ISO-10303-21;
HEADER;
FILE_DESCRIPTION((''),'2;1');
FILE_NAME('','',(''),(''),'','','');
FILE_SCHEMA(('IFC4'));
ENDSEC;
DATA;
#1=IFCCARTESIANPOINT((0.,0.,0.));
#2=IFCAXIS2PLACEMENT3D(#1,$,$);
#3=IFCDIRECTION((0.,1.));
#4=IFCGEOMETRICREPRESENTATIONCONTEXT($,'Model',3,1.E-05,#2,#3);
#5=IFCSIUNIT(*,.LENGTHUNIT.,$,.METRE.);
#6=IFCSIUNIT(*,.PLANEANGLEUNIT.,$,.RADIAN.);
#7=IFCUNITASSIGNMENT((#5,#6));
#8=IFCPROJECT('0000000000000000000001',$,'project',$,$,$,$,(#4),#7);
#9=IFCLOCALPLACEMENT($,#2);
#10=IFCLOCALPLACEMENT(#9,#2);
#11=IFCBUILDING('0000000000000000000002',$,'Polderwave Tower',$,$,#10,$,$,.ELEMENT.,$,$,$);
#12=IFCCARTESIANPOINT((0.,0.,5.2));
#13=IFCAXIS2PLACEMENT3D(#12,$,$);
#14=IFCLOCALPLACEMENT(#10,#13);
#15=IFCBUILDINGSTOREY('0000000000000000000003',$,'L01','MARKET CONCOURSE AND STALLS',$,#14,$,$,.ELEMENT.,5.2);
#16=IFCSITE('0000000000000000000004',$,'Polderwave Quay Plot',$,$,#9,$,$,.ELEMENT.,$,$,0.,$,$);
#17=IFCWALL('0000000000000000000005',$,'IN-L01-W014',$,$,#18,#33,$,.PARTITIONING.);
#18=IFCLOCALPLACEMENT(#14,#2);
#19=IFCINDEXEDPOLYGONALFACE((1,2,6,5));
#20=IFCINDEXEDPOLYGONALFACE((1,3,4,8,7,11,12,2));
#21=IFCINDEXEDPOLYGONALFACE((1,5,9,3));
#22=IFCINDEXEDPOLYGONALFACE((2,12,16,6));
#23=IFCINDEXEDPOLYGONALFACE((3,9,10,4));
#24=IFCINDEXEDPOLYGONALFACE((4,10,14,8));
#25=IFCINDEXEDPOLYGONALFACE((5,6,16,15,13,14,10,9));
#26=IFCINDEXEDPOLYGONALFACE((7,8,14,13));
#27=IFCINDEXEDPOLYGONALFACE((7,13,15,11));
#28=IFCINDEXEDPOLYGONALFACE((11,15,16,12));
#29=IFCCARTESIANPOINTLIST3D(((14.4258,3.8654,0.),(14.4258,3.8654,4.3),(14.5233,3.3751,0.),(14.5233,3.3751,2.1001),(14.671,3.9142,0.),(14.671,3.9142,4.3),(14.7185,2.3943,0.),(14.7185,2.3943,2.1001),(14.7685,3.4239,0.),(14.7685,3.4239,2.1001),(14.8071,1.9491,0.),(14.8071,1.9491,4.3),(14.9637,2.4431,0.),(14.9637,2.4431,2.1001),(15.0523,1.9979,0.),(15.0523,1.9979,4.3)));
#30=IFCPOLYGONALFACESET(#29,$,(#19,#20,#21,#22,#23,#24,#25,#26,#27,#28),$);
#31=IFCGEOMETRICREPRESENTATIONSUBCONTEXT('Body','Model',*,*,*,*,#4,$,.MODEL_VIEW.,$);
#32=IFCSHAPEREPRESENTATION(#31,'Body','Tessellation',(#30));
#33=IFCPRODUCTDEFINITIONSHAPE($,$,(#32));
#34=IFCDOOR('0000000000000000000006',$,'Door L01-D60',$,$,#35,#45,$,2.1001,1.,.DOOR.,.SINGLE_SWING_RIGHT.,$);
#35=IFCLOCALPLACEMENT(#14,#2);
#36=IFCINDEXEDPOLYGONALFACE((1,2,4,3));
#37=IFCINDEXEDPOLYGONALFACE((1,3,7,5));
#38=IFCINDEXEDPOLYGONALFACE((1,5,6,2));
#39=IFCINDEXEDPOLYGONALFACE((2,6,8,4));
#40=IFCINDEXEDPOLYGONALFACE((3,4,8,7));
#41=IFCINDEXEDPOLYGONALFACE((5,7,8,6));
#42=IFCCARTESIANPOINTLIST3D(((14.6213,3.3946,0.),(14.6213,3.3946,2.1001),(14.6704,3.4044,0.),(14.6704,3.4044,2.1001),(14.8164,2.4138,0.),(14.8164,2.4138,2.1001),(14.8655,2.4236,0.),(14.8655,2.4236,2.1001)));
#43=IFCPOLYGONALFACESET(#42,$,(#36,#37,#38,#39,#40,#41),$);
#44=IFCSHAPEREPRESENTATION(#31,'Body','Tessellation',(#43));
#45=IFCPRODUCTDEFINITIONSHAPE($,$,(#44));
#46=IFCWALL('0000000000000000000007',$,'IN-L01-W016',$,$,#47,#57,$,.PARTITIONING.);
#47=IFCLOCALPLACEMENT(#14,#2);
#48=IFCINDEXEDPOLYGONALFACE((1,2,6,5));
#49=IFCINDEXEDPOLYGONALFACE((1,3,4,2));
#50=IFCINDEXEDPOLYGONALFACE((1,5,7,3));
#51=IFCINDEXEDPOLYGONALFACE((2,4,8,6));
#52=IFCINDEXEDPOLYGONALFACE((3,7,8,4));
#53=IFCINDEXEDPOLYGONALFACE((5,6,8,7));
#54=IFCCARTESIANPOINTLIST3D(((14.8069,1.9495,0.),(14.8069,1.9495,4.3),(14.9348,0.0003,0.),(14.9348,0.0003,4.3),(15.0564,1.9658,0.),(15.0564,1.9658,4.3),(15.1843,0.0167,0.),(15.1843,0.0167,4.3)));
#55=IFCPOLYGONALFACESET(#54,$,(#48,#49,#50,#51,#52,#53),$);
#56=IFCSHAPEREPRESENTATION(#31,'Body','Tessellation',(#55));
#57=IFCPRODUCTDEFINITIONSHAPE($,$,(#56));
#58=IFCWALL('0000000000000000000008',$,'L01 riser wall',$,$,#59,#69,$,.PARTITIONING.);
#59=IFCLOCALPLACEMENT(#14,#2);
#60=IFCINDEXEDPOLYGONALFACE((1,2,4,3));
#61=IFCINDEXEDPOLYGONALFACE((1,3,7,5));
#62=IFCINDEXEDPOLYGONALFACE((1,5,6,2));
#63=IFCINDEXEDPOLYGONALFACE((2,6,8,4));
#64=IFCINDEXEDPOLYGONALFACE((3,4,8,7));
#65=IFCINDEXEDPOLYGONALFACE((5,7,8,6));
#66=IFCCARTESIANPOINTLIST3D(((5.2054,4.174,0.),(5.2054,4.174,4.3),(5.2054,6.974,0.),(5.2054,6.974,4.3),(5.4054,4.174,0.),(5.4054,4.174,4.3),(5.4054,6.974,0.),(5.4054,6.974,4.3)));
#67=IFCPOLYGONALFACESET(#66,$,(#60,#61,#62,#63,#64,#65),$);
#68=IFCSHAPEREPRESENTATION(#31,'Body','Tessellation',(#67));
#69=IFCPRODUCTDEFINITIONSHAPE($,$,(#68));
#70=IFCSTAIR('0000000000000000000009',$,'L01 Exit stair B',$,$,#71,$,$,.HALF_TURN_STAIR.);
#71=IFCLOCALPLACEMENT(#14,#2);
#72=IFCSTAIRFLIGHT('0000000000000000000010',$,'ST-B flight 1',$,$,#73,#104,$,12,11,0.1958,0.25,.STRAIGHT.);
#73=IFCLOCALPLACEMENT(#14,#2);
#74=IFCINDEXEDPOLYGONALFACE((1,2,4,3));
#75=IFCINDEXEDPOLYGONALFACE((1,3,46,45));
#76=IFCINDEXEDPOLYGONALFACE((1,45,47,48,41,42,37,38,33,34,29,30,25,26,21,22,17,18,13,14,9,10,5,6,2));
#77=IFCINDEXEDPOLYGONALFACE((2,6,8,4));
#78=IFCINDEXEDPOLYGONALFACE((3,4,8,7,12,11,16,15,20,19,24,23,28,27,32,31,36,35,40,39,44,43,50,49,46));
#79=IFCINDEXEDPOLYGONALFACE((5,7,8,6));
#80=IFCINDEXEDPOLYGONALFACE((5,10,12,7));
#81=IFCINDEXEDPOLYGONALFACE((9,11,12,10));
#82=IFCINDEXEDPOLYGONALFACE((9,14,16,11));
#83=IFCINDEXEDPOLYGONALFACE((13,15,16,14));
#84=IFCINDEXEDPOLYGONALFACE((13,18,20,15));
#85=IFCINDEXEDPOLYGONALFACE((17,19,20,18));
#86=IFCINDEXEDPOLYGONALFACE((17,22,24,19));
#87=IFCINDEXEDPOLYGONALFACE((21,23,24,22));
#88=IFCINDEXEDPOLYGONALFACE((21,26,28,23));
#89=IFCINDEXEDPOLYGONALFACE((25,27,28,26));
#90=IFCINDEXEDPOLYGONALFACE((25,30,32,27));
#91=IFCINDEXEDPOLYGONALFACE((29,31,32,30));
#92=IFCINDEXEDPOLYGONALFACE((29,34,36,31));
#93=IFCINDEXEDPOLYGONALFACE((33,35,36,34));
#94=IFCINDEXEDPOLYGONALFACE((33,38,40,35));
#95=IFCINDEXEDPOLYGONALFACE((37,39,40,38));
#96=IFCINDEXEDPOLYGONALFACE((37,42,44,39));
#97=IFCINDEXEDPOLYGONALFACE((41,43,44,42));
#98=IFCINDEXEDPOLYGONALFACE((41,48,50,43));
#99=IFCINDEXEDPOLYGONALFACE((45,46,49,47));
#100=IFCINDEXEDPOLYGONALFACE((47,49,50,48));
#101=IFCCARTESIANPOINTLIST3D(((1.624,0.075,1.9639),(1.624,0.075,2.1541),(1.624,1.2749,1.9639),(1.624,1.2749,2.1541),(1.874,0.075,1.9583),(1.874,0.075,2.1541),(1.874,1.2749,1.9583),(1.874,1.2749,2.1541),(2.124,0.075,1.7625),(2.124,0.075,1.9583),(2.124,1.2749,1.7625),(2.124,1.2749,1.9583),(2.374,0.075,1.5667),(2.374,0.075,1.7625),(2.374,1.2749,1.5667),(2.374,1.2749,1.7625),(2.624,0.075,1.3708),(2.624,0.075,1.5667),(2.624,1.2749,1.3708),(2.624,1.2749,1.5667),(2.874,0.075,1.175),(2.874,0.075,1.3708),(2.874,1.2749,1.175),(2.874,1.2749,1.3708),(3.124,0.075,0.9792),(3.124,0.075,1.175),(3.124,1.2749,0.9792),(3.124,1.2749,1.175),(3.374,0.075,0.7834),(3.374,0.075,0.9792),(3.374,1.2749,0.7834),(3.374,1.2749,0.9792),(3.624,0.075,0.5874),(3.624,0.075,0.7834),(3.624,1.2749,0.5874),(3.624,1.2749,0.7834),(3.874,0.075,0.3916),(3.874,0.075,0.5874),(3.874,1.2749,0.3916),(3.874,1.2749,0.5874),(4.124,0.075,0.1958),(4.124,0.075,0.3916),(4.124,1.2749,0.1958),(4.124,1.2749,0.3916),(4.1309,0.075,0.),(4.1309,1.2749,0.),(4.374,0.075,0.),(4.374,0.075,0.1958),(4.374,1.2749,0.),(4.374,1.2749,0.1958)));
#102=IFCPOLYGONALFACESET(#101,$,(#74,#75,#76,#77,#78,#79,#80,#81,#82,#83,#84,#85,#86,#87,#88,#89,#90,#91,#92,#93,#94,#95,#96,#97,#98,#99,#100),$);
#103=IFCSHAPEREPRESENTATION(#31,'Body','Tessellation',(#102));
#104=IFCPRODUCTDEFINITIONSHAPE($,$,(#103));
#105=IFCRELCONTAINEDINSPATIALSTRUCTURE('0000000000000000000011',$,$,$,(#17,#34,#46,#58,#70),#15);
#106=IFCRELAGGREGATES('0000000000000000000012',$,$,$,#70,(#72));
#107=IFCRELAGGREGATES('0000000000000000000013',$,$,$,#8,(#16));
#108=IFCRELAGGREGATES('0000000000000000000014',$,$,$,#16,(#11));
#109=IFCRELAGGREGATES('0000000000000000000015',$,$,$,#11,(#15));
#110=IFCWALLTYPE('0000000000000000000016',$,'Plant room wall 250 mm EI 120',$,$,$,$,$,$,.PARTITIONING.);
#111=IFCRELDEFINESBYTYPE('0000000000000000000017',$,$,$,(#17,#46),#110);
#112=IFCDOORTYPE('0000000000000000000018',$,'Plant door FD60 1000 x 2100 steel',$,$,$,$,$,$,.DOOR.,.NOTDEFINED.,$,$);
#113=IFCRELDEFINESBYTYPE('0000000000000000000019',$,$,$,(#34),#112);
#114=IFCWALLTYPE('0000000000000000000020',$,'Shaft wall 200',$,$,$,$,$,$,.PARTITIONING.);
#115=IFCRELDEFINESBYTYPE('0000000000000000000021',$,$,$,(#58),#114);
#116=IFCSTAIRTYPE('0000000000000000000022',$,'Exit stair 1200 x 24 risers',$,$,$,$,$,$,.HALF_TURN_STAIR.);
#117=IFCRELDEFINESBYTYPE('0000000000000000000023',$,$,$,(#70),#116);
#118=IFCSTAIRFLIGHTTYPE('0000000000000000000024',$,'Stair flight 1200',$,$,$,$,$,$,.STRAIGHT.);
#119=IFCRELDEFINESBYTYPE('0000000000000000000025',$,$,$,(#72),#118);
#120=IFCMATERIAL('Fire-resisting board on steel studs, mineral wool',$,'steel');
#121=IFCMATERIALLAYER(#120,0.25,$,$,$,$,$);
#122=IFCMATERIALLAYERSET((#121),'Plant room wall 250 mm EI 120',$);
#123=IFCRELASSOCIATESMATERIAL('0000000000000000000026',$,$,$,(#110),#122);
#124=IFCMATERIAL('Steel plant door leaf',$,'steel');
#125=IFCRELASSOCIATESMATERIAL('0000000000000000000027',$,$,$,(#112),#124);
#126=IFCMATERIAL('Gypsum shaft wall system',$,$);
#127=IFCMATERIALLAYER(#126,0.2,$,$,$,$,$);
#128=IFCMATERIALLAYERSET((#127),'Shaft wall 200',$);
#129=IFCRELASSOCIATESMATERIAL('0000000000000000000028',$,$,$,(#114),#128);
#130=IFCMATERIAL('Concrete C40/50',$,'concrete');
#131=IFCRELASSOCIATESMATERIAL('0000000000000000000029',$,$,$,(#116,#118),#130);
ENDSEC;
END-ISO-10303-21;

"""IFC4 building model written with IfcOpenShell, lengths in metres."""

from ifc_helpers import new_model, si_unit, direction, frame, frame_2d, origin, place, context, subcontext, project, spatial, polyline, rectangle, outline, extrude, material, layer, layer_set, type_object, element, fill, aggregate, save


model = new_model("IFC4")

# Units and contexts
model_context = context("Model", 3, precision=1e-05, world=origin(), true_north=direction((0.0, 1.0)))
body_context = subcontext(model_context, "Body", "Model", "MODEL_VIEW")
ifc_project = project(units=[si_unit("LENGTHUNIT", "METRE"), si_unit("PLANEANGLEUNIT", "RADIAN")], contexts=[model_context])

# Site, building, storey
site_placement = place(None, origin())
site = spatial("IfcSite", under=ifc_project, at=site_placement, Name="Polderwave Quay Plot", CompositionType="ELEMENT", RefElevation=0.0)
building_placement = place(site_placement, origin())
building = spatial("IfcBuilding", under=site, at=building_placement, Name="Polderwave Tower", CompositionType="ELEMENT")
storey_placement = place(building_placement, frame((0.0, 0.0, 5.2)))
storey = spatial("IfcBuildingStorey", under=building, at=storey_placement, Name="L01", Description="MARKET CONCOURSE AND STALLS", CompositionType="ELEMENT", Elevation=5.2)

# Shared definitions
ifc_material_1 = material(Name="Fire-resisting board on steel studs, mineral wool", Category="steel")
ifc_layer_1 = layer(ifc_material_1, 0.25)
ifc_layer_set_1 = layer_set([ifc_layer_1], Name="Plant room wall 250 mm EI 120")
wall_type_1 = type_object("IfcWallType", Name="Plant room wall 250 mm EI 120", PredefinedType="PARTITIONING", material=ifc_layer_set_1)
ifc_material_2 = material(Name="Steel plant door leaf", Category="steel")
door_type_1 = type_object("IfcDoorType", Name="Plant door FD60 1000 x 2100 steel", OperationType="NOTDEFINED", PredefinedType="DOOR", material=ifc_material_2)

# Wall, opening, door
wall_1_placement = place(storey_placement, frame((14.5483, 3.8899, 0.0), z_axis=(0.0, 0.0, 1.0), x_axis=(0.195179, -0.980768, 0.0)))
wall_1 = element("IfcWall", 1, at=wall_1_placement, inside=storey, type_object=wall_type_1, Name="IN-L01-W014", PredefinedType="PARTITIONING", context=body_context, shape_type="SweptSolid", body=[
    extrude(rectangle(XDim=1.9539, YDim=0.25, at=frame_2d((0.9771, 0.0))), origin(), (0.0, 0.0, 1.0), 4.3),
])
opening_1_placement = place(wall_1_placement, frame((0.5, 0.0, 0.0)))
opening_1 = element("IfcOpeningElement", 2, at=opening_1_placement, cuts=wall_1, PredefinedType="OPENING", context=body_context, shape_type="SweptSolid", body=[
    extrude(rectangle(XDim=1.0, YDim=2.1001, at=frame_2d((0.5, 1.05))), frame((0.0, 0.135, 0.0), z_axis=(0.0, -1.0, 0.0), x_axis=(1.0, 0.0, 0.0)), (0.0, 0.0, 1.0), 0.27),
])
door_1_placement = place(opening_1_placement, origin())
door_1 = element("IfcDoor", 3, at=door_1_placement, inside=storey, type_object=door_type_1, Name="Door L01-D60", OperationType="SINGLE_SWING_RIGHT", OverallHeight=2.1001, OverallWidth=1.0, PredefinedType="DOOR", context=body_context, shape_type="SweptSolid", body=[
    extrude(rectangle(XDim=1.0, YDim=2.1001, at=frame_2d((0.5, 1.05))), frame((0.0, 0.0249, 0.0), z_axis=(0.0, -1.0, 0.0), x_axis=(1.0, 0.0, 0.0)), (0.0, 0.0, 1.0), 0.05),
])
fill(opening_1, door_1)

# Walls
wall_2_placement = place(storey_placement, frame((14.9316, 1.9575, 0.0), z_axis=(0.0, 0.0, 1.0), x_axis=(0.06549, -0.997853, 0.0)))
element("IfcWall", 4, at=wall_2_placement, inside=storey, type_object=wall_type_1, Name="IN-L01-W016", PredefinedType="PARTITIONING", context=body_context, shape_type="SweptSolid", body=[
    extrude(rectangle(XDim=1.9534, YDim=0.25, at=frame_2d((0.9766, 0.0))), origin(), (0.0, 0.0, 1.0), 4.3),
])
ifc_material_3 = material(Name="Gypsum shaft wall system")
ifc_layer_2 = layer(ifc_material_3, 0.2)
ifc_layer_set_2 = layer_set([ifc_layer_2], Name="Shaft wall 200")
wall_type_2 = type_object("IfcWallType", Name="Shaft wall 200", PredefinedType="PARTITIONING", material=ifc_layer_set_2)
wall_3_placement = place(storey_placement, frame((5.3054, 4.1741, 0.0), z_axis=(0.0, 0.0, 1.0), x_axis=(0.0, 1.0, 0.0)))
element("IfcWall", 5, at=wall_3_placement, inside=storey, type_object=wall_type_2, Name="L01 riser wall", PredefinedType="PARTITIONING", context=body_context, shape_type="SweptSolid", body=[
    extrude(rectangle(XDim=2.8, YDim=0.2, at=frame_2d((1.3999, 0.0))), origin(), (0.0, 0.0, 1.0), 4.3),
])

# Stair, stair flight
ifc_material_4 = material(Name="Concrete C40/50", Category="concrete")
stair_type = type_object("IfcStairType", Name="Exit stair 1200 x 24 risers", PredefinedType="HALF_TURN_STAIR", material=ifc_material_4)
stair_placement = place(storey_placement, origin())
stair = element("IfcStair", 6, at=stair_placement, inside=storey, type_object=stair_type, Name="L01 Exit stair B", PredefinedType="HALF_TURN_STAIR")
stair_flight_type = type_object("IfcStairFlightType", Name="Stair flight 1200", PredefinedType="STRAIGHT", material=ifc_material_4)
stair_flight_placement = place(storey_placement, frame((4.374, 0.675, 0.0), z_axis=(0.0, 0.0, 1.0), x_axis=(-1.0, 0.0, 0.0)))
stair_flight = element("IfcStairFlight", 7, at=stair_flight_placement, type_object=stair_flight_type, Name="ST-B flight 1", NumberOfRisers=12, NumberOfTreads=11, PredefinedType="STRAIGHT", RiserHeight=0.1958, TreadLength=0.25, context=body_context, shape_type="SweptSolid", body=[
    extrude(outline(polyline([(0.0, 0.0), (0.0, 0.1958), (0.25, 0.1958), (0.25, 0.3916), (0.5, 0.3916), (0.5, 0.5874), (0.75, 0.5874), (0.75, 0.7834), (1.0, 0.7834), (1.0, 0.9792), (1.25, 0.9792), (1.25, 1.175), (1.5, 1.175), (1.5, 1.3708), (1.75, 1.3708), (1.75, 1.5667), (2.0, 1.5667), (2.0, 1.7625), (2.25, 1.7625), (2.25, 1.9583), (2.5, 1.9583), (2.5, 2.1541), (2.75, 2.1541), (2.75, 2.3501), (2.75, 1.9639), (0.2432, 0.0), (0.0, 0.0)])), frame((0.0, 0.6001, 0.0), z_axis=(0.0, -1.0, 0.0), x_axis=(1.0, 0.0, 0.0)), (0.0, 0.0, 1.0), 1.2),
])
aggregate(stair, [stair_flight])

save(model, "model.ifc")
